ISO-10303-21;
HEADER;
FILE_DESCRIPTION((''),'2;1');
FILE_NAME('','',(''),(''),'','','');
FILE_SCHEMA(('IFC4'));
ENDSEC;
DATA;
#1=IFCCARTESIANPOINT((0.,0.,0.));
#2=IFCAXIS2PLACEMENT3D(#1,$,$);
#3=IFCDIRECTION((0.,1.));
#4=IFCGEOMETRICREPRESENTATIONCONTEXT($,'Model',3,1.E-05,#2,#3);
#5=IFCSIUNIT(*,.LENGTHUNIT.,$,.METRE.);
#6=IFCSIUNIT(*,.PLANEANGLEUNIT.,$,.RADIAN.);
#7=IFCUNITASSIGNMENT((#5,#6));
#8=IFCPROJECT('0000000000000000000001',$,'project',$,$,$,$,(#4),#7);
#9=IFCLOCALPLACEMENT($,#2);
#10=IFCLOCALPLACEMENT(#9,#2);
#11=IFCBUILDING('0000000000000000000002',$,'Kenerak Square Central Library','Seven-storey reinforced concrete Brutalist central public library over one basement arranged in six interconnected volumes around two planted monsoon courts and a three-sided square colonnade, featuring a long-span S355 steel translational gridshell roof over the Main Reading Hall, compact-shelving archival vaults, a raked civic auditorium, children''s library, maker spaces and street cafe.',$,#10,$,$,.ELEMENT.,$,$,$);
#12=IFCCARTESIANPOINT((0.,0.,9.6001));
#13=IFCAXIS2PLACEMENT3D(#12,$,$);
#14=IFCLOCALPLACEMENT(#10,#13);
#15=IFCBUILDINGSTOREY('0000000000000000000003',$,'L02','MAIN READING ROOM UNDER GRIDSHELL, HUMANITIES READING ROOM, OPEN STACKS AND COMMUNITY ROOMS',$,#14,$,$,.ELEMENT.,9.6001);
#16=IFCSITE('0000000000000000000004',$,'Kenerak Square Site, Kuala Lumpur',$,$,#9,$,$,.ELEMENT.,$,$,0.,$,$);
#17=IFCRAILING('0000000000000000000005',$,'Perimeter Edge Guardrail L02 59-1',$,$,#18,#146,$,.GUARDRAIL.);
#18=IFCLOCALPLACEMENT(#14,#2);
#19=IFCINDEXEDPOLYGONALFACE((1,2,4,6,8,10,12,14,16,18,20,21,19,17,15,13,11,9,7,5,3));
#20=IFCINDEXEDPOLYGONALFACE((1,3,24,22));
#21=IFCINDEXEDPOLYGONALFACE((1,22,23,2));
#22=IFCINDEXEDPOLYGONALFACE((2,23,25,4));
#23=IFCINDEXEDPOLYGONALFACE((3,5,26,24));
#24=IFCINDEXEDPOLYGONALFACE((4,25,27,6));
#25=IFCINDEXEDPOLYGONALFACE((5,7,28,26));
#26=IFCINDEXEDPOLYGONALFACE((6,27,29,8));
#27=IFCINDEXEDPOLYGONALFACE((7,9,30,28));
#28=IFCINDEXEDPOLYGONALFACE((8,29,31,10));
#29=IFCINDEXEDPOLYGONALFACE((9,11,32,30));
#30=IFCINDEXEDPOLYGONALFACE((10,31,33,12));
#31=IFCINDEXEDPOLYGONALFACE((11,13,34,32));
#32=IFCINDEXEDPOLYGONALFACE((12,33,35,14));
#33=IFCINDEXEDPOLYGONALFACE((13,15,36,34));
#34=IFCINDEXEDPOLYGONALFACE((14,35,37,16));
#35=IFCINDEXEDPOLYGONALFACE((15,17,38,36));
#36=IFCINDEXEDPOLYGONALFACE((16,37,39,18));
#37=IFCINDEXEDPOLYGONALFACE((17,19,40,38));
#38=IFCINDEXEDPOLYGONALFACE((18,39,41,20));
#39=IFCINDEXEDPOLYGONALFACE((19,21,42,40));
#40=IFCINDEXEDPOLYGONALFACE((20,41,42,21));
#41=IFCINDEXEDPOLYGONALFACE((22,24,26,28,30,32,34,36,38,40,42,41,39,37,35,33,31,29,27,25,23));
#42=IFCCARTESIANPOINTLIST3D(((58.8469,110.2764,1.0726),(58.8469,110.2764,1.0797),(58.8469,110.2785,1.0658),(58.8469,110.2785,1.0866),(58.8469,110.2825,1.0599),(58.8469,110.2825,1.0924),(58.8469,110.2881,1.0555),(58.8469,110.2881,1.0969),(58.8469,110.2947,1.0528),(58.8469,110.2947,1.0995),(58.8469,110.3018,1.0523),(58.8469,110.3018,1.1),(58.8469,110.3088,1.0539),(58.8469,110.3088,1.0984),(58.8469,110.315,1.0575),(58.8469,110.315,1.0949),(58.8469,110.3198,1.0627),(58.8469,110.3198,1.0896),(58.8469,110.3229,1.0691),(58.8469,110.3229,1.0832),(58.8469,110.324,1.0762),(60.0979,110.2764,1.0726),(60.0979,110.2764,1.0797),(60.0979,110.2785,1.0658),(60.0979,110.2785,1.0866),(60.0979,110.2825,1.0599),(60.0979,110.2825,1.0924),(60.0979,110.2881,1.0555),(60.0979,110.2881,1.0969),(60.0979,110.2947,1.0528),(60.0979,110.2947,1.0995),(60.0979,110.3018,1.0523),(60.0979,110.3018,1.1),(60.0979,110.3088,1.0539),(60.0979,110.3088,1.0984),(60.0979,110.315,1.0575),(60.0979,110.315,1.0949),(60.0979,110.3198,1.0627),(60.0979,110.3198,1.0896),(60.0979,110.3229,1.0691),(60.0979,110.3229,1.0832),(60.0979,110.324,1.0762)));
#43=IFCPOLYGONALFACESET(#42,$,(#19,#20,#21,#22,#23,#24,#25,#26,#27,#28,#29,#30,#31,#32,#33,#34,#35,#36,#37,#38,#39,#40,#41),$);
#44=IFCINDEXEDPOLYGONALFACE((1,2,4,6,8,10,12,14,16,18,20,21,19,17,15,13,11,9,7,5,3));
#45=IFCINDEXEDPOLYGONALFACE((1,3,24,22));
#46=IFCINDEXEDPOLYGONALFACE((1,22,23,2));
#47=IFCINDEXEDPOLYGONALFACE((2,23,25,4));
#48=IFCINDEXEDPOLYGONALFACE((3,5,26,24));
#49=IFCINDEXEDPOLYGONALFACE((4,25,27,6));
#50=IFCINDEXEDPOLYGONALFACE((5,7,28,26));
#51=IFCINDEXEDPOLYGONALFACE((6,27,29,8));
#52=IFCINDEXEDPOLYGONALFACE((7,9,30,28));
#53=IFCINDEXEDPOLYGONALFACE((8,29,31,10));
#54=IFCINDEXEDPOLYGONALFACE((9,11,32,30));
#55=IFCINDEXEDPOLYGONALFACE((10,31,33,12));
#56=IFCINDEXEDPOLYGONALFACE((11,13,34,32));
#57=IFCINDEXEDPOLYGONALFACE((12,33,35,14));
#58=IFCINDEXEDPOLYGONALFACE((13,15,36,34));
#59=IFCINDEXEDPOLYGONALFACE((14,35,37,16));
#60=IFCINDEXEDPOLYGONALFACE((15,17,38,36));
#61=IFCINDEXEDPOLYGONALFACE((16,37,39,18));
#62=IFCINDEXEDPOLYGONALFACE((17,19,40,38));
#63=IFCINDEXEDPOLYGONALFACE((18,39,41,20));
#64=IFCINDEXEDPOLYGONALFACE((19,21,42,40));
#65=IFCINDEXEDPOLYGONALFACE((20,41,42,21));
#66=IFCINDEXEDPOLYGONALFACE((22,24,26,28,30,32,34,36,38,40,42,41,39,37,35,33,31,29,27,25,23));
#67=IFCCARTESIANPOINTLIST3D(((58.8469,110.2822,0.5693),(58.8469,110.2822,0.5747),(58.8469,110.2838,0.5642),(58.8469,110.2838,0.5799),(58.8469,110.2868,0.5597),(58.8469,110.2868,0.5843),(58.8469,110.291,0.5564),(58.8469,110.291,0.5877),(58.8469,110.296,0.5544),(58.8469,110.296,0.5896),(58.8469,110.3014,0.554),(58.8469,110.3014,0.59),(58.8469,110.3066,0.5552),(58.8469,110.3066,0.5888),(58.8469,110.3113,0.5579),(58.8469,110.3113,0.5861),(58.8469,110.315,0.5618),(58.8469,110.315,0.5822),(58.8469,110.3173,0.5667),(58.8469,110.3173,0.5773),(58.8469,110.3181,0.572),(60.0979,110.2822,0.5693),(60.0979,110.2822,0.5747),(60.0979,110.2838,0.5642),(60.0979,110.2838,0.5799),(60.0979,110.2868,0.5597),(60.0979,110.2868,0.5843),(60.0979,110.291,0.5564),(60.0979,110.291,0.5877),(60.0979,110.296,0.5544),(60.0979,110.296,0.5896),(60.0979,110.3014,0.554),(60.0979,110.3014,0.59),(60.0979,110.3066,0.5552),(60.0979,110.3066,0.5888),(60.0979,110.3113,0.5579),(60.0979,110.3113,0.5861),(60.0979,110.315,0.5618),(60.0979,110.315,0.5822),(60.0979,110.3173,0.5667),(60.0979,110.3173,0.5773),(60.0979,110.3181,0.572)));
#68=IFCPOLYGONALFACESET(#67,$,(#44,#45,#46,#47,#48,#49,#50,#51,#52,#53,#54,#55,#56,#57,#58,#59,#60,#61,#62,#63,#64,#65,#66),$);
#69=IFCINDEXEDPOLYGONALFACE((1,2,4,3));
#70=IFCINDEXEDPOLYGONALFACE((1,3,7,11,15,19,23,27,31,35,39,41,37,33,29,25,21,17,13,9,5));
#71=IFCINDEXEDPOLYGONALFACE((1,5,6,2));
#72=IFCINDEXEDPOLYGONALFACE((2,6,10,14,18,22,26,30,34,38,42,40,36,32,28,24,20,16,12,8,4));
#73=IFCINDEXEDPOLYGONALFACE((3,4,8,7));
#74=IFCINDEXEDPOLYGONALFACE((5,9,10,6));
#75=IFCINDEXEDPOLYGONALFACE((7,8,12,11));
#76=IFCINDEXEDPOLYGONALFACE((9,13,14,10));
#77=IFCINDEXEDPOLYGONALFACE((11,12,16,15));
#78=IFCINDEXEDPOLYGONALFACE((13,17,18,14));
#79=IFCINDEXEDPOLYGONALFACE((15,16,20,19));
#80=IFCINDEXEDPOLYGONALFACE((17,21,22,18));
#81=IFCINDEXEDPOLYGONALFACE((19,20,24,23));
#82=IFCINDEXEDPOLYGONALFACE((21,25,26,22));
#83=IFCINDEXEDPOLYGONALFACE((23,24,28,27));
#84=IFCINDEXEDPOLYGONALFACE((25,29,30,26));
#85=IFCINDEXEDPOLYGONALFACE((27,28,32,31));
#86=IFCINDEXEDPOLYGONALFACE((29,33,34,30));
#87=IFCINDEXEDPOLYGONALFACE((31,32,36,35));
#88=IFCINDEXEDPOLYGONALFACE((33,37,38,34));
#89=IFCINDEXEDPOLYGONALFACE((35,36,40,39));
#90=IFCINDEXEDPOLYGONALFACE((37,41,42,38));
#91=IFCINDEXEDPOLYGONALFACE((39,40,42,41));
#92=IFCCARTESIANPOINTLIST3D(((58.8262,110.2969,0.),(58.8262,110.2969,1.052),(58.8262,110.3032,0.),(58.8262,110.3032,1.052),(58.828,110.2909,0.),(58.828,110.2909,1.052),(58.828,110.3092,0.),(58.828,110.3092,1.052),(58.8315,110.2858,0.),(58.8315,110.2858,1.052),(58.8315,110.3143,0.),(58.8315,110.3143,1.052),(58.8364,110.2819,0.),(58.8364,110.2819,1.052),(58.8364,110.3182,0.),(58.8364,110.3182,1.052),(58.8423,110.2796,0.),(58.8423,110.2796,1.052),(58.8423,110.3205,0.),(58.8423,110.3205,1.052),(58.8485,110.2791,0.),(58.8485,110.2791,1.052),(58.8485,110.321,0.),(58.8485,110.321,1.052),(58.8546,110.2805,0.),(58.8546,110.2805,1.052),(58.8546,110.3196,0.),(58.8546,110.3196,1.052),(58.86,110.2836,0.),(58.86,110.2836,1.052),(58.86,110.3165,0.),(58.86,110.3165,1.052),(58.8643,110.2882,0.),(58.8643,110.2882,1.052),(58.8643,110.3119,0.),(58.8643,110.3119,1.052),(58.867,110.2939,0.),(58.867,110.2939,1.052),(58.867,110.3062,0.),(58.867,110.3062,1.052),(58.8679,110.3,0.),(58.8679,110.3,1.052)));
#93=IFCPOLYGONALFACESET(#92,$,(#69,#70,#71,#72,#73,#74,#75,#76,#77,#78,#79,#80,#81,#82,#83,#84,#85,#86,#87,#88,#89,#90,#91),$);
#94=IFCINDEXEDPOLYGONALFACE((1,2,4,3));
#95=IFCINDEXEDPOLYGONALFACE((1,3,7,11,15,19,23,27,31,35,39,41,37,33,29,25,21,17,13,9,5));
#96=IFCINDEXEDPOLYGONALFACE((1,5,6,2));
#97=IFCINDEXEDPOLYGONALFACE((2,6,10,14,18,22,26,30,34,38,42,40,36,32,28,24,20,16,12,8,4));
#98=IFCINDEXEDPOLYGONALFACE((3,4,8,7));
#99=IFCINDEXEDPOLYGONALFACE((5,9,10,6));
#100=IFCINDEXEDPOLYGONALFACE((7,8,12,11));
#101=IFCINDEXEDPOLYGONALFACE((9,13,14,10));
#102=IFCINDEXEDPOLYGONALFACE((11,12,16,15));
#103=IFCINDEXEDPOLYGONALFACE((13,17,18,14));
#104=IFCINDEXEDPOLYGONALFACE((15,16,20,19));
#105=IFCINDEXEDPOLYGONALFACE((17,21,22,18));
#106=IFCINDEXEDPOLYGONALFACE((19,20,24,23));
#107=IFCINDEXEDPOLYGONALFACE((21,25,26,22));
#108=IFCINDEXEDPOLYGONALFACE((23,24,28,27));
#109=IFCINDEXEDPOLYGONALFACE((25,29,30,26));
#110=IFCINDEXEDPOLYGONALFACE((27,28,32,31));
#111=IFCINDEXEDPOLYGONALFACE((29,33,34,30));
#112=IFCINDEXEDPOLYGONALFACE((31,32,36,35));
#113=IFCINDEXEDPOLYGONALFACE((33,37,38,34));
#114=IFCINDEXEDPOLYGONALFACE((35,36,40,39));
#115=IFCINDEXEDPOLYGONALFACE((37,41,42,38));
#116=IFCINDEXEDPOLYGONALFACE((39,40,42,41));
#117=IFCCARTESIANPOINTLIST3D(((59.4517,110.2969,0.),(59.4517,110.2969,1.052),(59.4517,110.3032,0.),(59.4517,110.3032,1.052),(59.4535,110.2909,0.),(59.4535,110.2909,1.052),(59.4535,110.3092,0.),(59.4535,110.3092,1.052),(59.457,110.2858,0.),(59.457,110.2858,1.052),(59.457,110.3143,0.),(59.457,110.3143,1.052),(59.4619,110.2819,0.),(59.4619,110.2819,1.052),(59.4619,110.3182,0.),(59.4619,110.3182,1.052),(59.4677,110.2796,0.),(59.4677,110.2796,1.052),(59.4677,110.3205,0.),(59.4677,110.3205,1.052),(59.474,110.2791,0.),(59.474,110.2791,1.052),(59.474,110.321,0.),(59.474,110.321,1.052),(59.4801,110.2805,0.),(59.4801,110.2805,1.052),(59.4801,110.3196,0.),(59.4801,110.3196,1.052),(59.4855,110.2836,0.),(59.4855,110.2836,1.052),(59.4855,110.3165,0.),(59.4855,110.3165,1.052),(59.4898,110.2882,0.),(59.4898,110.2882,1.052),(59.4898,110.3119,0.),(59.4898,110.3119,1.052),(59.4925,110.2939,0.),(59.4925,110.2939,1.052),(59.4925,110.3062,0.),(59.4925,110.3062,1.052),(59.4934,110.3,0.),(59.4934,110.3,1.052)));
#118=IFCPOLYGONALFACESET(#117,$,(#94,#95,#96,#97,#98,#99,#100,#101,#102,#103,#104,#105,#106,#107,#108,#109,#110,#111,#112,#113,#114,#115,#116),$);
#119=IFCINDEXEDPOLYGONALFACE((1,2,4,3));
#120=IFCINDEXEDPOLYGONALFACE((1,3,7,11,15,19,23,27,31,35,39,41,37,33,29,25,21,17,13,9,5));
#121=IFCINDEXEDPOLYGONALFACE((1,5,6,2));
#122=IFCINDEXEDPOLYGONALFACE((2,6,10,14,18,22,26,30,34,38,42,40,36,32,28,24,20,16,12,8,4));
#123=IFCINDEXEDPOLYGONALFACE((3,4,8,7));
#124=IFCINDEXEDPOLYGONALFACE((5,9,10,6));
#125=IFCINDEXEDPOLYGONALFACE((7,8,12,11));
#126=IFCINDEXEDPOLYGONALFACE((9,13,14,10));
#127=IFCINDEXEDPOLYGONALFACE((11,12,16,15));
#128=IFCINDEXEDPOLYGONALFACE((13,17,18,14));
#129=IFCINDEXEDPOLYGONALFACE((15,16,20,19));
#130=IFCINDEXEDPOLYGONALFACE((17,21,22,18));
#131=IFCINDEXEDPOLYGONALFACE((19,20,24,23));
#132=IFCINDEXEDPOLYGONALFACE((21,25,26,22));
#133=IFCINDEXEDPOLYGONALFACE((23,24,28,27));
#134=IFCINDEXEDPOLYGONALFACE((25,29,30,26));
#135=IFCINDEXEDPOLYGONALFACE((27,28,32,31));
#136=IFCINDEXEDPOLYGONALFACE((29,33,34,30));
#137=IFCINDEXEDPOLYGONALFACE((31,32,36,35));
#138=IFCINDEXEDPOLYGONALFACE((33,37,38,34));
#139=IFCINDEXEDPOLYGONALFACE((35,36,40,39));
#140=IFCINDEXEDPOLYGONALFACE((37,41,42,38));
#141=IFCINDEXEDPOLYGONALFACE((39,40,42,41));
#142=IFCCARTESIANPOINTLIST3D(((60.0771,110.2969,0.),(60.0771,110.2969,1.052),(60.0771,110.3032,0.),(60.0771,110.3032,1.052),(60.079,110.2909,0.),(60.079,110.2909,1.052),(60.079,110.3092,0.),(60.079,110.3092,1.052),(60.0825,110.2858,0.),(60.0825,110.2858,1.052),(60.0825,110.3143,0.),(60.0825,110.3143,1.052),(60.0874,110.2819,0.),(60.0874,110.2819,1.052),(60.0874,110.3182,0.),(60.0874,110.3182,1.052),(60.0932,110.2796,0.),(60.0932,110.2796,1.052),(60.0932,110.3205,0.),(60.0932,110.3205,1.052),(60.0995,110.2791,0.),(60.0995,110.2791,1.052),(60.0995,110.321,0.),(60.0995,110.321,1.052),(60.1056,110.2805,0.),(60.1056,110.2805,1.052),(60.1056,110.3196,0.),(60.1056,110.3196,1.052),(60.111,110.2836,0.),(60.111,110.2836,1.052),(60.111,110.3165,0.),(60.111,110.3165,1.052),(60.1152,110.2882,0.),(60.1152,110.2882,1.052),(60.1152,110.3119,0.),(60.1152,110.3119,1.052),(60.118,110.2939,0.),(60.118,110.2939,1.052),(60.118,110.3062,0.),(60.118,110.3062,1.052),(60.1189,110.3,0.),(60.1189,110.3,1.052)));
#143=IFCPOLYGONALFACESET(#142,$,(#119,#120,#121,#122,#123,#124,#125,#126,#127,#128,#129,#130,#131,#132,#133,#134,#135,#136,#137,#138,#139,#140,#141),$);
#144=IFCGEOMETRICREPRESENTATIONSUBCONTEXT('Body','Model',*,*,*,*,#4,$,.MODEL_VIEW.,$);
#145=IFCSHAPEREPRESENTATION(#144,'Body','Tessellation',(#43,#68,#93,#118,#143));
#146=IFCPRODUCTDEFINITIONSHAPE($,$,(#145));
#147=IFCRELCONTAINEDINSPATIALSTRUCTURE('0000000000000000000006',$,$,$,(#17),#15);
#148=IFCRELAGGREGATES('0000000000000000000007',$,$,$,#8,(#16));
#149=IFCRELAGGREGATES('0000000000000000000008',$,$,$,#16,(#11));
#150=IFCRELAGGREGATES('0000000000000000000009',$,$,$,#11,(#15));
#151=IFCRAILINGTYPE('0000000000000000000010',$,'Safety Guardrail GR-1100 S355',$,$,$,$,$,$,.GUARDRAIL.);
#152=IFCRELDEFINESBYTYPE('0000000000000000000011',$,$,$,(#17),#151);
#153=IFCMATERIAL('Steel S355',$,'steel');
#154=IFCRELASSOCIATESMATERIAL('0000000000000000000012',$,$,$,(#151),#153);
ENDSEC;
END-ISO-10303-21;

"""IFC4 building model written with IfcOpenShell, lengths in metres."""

from ifc_helpers import new_model, si_unit, direction, frame, origin, origin_2d, place, context, subcontext, project, spatial, circle, extrude, material, type_object, element, save


model = new_model("IFC4")

# Units and contexts
model_context = context("Model", 3, precision=1e-05, world=origin(), true_north=direction((0.0, 1.0)))
body_context = subcontext(model_context, "Body", "Model", "MODEL_VIEW")
ifc_project = project(units=[si_unit("LENGTHUNIT", "METRE"), si_unit("PLANEANGLEUNIT", "RADIAN")], contexts=[model_context])

# Site, building, storey
site_placement = place(None, origin())
site = spatial("IfcSite", under=ifc_project, at=site_placement, Name="Kenerak Square Site, Kuala Lumpur", CompositionType="ELEMENT", RefElevation=0.0)
building_placement = place(site_placement, origin())
building = spatial("IfcBuilding", under=site, at=building_placement, Name="Kenerak Square Central Library", Description="Seven-storey reinforced concrete Brutalist central public library over one basement arranged in six interconnected volumes around two planted monsoon courts and a three-sided square colonnade, featuring a long-span S355 steel translational gridshell roof over the Main Reading Hall, compact-shelving archival vaults, a raked civic auditorium, children's library, maker spaces and street cafe.", CompositionType="ELEMENT")
storey_placement = place(building_placement, frame((0.0, 0.0, 9.6001)))
storey = spatial("IfcBuildingStorey", under=building, at=storey_placement, Name="L02", Description="MAIN READING ROOM UNDER GRIDSHELL, HUMANITIES READING ROOM, OPEN STACKS AND COMMUNITY ROOMS", CompositionType="ELEMENT", Elevation=9.6001)

# Shared definitions
ifc_material_1 = material(Name="Steel S355", Category="steel")

# Railing
railing_type_1 = type_object("IfcRailingType", Name="Safety Guardrail GR-1100 S355", PredefinedType="GUARDRAIL", material=ifc_material_1)
for number, where, name in (
    (1, (58.8469, 110.3, 0.0), "Perimeter Edge Guardrail L02 59-1"),
):
    element("IfcRailing", number, at=place(storey_placement, frame(where)), inside=storey, type_object=railing_type_1, Name=name, PredefinedType="GUARDRAIL", context=body_context, shape_type="SweptSolid", body=[
        extrude(circle(Radius=0.0239, at=origin_2d()), frame((0.0, 0.0, 1.0762), z_axis=(1.0, 0.0, 0.0), x_axis=(0.0, 1.0, 0.0)), (0.0, 0.0, 1.0), 1.251),
        extrude(circle(Radius=0.0181, at=origin_2d()), frame((0.0, 0.0, 0.572), z_axis=(1.0, 0.0, 0.0), x_axis=(0.0, 1.0, 0.0)), (0.0, 0.0, 1.0), 1.251),
        extrude(circle(Radius=0.021, at=origin_2d()), origin(), (0.0, 0.0, 1.0), 1.052),
        extrude(circle(Radius=0.021, at=origin_2d()), frame((0.6255, 0.0, 0.0)), (0.0, 0.0, 1.0), 1.052),
        extrude(circle(Radius=0.021, at=origin_2d()), frame((1.251, 0.0, 0.0)), (0.0, 0.0, 1.0), 1.052),
    ])

save(model, "model.ifc")
